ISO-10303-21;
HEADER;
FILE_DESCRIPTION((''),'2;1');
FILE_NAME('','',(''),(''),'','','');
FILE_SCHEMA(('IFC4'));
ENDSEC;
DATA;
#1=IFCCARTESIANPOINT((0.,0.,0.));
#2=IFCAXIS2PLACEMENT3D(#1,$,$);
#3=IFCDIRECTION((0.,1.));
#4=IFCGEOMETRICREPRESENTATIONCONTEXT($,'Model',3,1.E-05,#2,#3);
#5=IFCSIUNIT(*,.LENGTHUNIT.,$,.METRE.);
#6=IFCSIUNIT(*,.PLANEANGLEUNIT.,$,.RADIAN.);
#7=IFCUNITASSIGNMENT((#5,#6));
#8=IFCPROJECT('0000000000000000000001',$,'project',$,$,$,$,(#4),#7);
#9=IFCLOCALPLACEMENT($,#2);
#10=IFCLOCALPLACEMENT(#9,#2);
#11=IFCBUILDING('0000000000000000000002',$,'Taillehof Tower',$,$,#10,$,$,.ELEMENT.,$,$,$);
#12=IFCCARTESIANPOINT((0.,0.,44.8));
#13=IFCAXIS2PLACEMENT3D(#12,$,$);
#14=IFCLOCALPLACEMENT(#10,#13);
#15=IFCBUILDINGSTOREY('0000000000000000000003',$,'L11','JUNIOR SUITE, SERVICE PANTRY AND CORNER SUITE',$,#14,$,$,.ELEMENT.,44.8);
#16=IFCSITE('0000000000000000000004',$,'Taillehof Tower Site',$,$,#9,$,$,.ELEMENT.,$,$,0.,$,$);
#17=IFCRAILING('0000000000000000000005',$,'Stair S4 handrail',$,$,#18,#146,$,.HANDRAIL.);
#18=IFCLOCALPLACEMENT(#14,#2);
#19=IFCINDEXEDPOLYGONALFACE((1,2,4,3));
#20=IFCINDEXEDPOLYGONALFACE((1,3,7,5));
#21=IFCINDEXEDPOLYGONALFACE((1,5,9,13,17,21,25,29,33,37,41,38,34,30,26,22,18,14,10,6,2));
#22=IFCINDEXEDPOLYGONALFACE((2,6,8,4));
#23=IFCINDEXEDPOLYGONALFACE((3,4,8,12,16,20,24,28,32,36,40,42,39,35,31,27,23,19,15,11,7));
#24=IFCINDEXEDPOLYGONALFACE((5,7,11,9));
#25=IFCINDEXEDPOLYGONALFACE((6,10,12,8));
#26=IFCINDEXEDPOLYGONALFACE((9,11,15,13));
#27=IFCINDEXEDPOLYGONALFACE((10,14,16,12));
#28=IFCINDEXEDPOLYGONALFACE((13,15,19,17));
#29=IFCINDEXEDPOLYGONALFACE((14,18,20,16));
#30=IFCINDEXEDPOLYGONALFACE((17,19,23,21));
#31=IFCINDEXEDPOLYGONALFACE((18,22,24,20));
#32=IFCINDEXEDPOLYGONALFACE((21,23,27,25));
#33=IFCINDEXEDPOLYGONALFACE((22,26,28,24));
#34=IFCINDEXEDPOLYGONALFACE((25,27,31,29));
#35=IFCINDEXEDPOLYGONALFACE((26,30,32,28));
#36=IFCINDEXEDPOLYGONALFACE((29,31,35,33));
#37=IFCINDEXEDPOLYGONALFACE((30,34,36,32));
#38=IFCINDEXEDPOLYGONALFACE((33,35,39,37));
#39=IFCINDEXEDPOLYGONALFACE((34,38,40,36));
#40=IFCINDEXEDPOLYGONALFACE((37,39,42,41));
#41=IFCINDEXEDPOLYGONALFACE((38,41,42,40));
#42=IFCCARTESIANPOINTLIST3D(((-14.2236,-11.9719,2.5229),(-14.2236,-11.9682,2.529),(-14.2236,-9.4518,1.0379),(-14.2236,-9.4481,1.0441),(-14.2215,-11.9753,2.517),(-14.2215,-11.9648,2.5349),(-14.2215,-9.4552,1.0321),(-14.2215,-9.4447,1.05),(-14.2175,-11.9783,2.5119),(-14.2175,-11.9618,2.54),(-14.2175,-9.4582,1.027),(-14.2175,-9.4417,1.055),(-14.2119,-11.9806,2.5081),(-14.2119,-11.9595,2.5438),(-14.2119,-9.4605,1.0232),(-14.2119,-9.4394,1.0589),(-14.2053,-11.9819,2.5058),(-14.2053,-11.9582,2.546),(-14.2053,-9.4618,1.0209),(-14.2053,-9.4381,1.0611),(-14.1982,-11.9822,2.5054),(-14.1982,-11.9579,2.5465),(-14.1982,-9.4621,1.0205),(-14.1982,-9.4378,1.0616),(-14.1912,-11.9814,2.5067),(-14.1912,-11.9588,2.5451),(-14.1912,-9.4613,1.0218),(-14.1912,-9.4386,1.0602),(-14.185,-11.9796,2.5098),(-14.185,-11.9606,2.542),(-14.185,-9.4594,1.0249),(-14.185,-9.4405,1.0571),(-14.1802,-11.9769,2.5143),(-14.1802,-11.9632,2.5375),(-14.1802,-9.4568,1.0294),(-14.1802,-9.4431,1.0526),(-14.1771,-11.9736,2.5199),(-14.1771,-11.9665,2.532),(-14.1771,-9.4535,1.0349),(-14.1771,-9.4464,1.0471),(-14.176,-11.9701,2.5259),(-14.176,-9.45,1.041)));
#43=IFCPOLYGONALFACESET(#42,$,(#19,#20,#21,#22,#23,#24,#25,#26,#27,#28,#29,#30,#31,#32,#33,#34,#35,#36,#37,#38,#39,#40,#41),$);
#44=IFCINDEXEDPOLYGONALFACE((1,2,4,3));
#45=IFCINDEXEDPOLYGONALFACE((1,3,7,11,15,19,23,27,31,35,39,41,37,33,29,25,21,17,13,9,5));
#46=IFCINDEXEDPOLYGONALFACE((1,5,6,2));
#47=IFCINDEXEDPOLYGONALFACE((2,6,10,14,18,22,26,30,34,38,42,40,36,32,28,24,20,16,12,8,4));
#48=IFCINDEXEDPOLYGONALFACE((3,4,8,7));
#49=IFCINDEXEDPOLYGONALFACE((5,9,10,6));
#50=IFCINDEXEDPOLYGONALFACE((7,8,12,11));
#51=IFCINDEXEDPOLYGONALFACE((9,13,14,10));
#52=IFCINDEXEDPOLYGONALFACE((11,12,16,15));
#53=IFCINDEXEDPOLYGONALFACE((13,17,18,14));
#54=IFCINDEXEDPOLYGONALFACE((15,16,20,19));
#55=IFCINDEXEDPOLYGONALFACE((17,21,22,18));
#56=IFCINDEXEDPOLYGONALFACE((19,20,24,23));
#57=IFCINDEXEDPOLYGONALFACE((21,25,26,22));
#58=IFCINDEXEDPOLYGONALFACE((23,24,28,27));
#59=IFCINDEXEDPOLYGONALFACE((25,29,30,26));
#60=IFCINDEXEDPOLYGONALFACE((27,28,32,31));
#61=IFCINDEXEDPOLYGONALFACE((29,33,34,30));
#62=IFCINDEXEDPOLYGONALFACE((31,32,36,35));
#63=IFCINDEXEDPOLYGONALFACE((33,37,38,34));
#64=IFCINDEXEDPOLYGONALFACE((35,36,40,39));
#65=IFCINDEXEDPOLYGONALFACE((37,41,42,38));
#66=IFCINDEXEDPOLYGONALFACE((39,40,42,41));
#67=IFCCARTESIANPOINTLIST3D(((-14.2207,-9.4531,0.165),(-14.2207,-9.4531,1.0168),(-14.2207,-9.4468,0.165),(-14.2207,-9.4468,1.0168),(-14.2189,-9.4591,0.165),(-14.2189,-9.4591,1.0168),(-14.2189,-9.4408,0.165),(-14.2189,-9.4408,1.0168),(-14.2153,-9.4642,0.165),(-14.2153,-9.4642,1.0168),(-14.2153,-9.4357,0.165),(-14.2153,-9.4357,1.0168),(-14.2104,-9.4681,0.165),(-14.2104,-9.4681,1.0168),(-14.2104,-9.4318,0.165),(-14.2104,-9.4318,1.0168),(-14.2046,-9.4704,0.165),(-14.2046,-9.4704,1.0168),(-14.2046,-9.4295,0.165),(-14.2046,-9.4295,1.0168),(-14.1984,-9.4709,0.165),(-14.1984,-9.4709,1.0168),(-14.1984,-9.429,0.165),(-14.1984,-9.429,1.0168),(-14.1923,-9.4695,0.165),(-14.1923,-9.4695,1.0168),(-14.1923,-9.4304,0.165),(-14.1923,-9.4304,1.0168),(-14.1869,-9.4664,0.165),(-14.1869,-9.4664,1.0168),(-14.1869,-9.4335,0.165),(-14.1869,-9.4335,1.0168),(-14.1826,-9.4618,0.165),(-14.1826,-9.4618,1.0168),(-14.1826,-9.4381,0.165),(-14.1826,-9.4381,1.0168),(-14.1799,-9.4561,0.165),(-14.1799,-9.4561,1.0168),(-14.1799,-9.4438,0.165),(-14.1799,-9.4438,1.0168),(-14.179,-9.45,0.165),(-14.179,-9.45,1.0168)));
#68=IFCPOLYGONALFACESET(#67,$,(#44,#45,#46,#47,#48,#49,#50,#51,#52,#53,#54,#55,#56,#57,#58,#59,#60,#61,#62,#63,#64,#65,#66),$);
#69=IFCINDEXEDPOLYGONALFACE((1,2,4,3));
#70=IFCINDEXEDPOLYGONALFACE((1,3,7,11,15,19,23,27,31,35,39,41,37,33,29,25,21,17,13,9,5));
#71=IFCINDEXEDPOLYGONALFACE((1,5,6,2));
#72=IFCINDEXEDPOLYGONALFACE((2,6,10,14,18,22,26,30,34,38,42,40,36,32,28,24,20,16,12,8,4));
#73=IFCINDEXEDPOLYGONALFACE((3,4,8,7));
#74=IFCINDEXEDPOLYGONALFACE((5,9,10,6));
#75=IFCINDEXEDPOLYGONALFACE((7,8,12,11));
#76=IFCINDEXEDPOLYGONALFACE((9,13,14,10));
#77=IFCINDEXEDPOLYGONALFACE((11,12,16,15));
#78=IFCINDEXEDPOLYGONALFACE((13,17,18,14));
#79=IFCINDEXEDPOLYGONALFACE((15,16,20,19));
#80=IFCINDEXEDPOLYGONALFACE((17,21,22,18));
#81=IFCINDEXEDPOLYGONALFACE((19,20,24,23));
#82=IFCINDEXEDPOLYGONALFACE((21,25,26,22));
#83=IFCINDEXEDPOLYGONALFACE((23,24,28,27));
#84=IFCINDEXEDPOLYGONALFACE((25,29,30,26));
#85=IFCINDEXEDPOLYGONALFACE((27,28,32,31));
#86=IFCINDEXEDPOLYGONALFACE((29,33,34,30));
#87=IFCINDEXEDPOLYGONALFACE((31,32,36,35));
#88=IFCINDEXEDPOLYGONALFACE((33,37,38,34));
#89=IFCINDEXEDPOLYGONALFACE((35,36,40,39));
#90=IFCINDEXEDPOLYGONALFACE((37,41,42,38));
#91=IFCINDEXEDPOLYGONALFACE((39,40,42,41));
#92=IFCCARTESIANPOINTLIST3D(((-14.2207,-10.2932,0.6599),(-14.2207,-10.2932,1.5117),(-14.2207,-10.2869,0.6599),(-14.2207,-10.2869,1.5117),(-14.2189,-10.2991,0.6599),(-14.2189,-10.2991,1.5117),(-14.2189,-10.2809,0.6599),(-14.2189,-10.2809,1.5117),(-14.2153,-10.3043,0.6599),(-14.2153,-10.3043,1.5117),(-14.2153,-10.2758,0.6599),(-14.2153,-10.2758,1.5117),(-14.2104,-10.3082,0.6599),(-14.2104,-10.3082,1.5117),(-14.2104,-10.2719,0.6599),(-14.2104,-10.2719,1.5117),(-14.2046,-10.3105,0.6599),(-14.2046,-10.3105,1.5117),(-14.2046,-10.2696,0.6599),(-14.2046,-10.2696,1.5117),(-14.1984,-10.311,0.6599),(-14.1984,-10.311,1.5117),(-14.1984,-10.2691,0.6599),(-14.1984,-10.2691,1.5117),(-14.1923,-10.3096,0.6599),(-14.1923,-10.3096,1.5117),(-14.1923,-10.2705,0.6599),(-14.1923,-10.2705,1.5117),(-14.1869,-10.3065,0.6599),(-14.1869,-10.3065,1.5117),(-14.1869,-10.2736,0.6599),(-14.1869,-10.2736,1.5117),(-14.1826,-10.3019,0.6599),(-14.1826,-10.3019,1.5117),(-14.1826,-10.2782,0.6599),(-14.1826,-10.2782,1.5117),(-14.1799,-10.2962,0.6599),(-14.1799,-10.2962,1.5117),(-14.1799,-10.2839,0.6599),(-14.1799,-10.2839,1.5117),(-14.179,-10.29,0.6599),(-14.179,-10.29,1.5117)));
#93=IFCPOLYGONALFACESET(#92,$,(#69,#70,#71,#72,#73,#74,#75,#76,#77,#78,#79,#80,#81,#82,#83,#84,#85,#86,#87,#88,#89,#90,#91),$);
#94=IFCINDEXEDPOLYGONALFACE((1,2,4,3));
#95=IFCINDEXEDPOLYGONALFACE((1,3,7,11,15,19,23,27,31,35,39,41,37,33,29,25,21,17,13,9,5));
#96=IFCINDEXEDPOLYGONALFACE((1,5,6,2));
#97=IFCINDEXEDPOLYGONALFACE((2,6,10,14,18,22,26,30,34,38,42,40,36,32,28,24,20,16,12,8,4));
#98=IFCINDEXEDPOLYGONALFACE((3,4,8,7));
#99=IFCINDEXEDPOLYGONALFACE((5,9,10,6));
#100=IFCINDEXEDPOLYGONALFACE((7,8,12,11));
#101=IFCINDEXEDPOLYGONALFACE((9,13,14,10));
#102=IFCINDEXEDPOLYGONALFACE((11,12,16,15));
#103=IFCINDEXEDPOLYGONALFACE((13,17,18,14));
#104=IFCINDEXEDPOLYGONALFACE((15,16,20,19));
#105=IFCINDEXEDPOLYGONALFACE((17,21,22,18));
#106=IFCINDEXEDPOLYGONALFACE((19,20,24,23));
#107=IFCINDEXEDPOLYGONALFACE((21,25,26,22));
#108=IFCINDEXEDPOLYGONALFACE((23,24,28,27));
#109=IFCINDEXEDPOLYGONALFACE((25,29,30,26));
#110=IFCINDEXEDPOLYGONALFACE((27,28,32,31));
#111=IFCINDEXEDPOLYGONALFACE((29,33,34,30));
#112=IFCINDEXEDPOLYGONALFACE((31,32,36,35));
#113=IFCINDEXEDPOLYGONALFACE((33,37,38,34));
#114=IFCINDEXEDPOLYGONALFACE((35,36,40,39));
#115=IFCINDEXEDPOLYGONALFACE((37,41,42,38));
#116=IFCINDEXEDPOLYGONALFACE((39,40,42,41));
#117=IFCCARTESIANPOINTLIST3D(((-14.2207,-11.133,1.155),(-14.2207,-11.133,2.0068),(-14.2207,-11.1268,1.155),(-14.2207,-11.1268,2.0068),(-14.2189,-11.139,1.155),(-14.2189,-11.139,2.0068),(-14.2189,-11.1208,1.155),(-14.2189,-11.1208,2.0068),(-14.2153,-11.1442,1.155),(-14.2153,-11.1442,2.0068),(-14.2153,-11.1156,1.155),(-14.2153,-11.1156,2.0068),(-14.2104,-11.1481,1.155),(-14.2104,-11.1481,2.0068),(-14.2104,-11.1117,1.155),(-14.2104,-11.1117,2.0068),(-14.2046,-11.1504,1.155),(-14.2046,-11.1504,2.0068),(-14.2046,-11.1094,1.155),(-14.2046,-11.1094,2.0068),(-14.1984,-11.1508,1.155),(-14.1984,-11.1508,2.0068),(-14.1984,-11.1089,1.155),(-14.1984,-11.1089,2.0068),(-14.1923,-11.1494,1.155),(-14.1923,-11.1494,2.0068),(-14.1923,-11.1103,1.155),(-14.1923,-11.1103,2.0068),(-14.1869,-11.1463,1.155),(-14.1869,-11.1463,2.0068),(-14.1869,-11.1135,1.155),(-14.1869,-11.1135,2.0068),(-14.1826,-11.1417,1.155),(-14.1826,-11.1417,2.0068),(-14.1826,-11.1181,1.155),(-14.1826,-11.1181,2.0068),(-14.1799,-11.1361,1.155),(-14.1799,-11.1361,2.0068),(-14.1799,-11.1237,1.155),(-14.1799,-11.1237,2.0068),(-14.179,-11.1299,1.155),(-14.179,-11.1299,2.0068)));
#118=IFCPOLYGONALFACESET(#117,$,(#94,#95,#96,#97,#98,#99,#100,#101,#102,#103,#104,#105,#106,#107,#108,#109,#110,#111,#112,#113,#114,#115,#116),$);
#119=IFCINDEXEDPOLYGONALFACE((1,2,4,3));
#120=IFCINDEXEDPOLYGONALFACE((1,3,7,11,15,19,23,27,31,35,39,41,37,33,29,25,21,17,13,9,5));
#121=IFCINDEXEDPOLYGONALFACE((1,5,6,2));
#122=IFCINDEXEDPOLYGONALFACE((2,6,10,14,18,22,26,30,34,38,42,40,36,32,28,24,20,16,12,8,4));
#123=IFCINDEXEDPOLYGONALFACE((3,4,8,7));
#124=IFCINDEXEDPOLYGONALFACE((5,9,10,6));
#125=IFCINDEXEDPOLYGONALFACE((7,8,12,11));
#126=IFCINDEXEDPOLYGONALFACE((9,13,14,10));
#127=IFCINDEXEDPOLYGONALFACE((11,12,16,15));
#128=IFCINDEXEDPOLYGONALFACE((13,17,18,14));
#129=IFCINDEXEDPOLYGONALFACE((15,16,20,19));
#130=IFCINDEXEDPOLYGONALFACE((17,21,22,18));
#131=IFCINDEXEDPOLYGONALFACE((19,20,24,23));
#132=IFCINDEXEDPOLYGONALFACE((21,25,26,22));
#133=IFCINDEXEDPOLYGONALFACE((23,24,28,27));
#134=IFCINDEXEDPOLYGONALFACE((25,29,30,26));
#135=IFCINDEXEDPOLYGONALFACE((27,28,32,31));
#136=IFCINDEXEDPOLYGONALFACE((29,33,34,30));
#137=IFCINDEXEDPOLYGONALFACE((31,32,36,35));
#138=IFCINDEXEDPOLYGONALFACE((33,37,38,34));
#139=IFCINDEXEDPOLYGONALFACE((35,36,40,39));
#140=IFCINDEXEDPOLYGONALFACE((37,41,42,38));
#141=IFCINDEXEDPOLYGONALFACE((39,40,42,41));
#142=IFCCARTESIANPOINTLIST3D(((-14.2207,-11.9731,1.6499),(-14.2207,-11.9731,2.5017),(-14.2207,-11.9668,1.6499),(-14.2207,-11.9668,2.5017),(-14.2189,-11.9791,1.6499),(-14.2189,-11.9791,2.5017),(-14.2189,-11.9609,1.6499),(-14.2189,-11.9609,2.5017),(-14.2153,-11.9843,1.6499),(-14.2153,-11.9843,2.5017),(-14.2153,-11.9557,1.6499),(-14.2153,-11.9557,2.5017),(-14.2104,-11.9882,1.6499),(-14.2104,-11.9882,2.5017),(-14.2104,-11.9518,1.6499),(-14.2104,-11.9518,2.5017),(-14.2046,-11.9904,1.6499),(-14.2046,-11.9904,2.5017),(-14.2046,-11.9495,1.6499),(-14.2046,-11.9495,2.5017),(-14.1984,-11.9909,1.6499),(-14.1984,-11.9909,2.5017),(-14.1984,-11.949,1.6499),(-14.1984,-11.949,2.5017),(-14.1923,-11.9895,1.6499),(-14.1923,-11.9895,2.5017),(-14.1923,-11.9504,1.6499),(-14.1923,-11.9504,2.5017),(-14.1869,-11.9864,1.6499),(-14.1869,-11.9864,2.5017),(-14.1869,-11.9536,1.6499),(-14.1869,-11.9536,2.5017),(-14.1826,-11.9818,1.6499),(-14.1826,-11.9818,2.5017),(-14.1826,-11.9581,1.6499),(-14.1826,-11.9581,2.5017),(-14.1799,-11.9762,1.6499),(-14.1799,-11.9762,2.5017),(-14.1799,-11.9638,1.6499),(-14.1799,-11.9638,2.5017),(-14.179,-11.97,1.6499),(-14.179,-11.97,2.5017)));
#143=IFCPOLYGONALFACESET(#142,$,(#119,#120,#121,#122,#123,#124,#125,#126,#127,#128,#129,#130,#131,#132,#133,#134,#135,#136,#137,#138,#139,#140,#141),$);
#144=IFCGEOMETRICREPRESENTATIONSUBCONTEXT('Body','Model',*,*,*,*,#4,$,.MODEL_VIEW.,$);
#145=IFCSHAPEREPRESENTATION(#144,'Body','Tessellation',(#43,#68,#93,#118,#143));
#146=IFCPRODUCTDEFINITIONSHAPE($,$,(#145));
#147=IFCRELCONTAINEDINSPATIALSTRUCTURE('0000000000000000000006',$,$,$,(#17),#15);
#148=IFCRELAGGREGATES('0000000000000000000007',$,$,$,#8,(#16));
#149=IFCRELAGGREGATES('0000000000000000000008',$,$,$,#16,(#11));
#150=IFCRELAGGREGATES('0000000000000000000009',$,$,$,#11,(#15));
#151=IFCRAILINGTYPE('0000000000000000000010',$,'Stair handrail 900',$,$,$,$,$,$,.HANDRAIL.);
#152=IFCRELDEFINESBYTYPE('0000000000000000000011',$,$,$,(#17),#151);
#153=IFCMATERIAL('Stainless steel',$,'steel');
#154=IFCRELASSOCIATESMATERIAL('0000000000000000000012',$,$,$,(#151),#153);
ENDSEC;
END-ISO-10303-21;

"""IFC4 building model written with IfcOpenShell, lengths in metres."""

from ifc_helpers import new_model, si_unit, direction, frame, origin, origin_2d, place, context, subcontext, project, spatial, circle, extrude, material, type_object, element, save


model = new_model("IFC4")

# Units and contexts
model_context = context("Model", 3, precision=1e-05, world=origin(), true_north=direction((0.0, 1.0)))
body_context = subcontext(model_context, "Body", "Model", "MODEL_VIEW")
ifc_project = project(units=[si_unit("LENGTHUNIT", "METRE"), si_unit("PLANEANGLEUNIT", "RADIAN")], contexts=[model_context])

# Site, building, storey
site_placement = place(None, origin())
site = spatial("IfcSite", under=ifc_project, at=site_placement, Name="Taillehof Tower Site", CompositionType="ELEMENT", RefElevation=0.0)
building_placement = place(site_placement, origin())
building = spatial("IfcBuilding", under=site, at=building_placement, Name="Taillehof Tower", CompositionType="ELEMENT")
storey_placement = place(building_placement, frame((0.0, 0.0, 44.8)))
storey = spatial("IfcBuildingStorey", under=building, at=storey_placement, Name="L11", Description="JUNIOR SUITE, SERVICE PANTRY AND CORNER SUITE", CompositionType="ELEMENT", Elevation=44.8)

# Railing
ifc_material_1 = material(Name="Stainless steel", Category="steel")
railing_type = type_object("IfcRailingType", Name="Stair handrail 900", PredefinedType="HANDRAIL", material=ifc_material_1)
railing_placement = place(storey_placement, frame((-14.2, -9.45, 0.165)))
element("IfcRailing", 1, at=railing_placement, inside=storey, type_object=railing_type, Name="Stair S4 handrail", PredefinedType="HANDRAIL", context=body_context, shape_type="SweptSolid", body=[
    extrude(circle(Radius=0.0239, at=origin_2d()), frame((0.0, 0.0, 0.876), z_axis=(0.0, -0.861561, 0.507655), x_axis=(1.0, 0.0, 0.0)), (0.0, 0.0, 1.0), 2.925),
    extrude(circle(Radius=0.021, at=origin_2d()), origin(), (0.0, 0.0, 1.0), 0.8518),
    extrude(circle(Radius=0.021, at=origin_2d()), frame((0.0, -0.8401, 0.4949)), (0.0, 0.0, 1.0), 0.8518),
    extrude(circle(Radius=0.021, at=origin_2d()), frame((0.0, -1.6799, 0.99)), (0.0, 0.0, 1.0), 0.8518),
    extrude(circle(Radius=0.021, at=origin_2d()), frame((0.0, -2.52, 1.4849)), (0.0, 0.0, 1.0), 0.8518),
])

save(model, "model.ifc")
